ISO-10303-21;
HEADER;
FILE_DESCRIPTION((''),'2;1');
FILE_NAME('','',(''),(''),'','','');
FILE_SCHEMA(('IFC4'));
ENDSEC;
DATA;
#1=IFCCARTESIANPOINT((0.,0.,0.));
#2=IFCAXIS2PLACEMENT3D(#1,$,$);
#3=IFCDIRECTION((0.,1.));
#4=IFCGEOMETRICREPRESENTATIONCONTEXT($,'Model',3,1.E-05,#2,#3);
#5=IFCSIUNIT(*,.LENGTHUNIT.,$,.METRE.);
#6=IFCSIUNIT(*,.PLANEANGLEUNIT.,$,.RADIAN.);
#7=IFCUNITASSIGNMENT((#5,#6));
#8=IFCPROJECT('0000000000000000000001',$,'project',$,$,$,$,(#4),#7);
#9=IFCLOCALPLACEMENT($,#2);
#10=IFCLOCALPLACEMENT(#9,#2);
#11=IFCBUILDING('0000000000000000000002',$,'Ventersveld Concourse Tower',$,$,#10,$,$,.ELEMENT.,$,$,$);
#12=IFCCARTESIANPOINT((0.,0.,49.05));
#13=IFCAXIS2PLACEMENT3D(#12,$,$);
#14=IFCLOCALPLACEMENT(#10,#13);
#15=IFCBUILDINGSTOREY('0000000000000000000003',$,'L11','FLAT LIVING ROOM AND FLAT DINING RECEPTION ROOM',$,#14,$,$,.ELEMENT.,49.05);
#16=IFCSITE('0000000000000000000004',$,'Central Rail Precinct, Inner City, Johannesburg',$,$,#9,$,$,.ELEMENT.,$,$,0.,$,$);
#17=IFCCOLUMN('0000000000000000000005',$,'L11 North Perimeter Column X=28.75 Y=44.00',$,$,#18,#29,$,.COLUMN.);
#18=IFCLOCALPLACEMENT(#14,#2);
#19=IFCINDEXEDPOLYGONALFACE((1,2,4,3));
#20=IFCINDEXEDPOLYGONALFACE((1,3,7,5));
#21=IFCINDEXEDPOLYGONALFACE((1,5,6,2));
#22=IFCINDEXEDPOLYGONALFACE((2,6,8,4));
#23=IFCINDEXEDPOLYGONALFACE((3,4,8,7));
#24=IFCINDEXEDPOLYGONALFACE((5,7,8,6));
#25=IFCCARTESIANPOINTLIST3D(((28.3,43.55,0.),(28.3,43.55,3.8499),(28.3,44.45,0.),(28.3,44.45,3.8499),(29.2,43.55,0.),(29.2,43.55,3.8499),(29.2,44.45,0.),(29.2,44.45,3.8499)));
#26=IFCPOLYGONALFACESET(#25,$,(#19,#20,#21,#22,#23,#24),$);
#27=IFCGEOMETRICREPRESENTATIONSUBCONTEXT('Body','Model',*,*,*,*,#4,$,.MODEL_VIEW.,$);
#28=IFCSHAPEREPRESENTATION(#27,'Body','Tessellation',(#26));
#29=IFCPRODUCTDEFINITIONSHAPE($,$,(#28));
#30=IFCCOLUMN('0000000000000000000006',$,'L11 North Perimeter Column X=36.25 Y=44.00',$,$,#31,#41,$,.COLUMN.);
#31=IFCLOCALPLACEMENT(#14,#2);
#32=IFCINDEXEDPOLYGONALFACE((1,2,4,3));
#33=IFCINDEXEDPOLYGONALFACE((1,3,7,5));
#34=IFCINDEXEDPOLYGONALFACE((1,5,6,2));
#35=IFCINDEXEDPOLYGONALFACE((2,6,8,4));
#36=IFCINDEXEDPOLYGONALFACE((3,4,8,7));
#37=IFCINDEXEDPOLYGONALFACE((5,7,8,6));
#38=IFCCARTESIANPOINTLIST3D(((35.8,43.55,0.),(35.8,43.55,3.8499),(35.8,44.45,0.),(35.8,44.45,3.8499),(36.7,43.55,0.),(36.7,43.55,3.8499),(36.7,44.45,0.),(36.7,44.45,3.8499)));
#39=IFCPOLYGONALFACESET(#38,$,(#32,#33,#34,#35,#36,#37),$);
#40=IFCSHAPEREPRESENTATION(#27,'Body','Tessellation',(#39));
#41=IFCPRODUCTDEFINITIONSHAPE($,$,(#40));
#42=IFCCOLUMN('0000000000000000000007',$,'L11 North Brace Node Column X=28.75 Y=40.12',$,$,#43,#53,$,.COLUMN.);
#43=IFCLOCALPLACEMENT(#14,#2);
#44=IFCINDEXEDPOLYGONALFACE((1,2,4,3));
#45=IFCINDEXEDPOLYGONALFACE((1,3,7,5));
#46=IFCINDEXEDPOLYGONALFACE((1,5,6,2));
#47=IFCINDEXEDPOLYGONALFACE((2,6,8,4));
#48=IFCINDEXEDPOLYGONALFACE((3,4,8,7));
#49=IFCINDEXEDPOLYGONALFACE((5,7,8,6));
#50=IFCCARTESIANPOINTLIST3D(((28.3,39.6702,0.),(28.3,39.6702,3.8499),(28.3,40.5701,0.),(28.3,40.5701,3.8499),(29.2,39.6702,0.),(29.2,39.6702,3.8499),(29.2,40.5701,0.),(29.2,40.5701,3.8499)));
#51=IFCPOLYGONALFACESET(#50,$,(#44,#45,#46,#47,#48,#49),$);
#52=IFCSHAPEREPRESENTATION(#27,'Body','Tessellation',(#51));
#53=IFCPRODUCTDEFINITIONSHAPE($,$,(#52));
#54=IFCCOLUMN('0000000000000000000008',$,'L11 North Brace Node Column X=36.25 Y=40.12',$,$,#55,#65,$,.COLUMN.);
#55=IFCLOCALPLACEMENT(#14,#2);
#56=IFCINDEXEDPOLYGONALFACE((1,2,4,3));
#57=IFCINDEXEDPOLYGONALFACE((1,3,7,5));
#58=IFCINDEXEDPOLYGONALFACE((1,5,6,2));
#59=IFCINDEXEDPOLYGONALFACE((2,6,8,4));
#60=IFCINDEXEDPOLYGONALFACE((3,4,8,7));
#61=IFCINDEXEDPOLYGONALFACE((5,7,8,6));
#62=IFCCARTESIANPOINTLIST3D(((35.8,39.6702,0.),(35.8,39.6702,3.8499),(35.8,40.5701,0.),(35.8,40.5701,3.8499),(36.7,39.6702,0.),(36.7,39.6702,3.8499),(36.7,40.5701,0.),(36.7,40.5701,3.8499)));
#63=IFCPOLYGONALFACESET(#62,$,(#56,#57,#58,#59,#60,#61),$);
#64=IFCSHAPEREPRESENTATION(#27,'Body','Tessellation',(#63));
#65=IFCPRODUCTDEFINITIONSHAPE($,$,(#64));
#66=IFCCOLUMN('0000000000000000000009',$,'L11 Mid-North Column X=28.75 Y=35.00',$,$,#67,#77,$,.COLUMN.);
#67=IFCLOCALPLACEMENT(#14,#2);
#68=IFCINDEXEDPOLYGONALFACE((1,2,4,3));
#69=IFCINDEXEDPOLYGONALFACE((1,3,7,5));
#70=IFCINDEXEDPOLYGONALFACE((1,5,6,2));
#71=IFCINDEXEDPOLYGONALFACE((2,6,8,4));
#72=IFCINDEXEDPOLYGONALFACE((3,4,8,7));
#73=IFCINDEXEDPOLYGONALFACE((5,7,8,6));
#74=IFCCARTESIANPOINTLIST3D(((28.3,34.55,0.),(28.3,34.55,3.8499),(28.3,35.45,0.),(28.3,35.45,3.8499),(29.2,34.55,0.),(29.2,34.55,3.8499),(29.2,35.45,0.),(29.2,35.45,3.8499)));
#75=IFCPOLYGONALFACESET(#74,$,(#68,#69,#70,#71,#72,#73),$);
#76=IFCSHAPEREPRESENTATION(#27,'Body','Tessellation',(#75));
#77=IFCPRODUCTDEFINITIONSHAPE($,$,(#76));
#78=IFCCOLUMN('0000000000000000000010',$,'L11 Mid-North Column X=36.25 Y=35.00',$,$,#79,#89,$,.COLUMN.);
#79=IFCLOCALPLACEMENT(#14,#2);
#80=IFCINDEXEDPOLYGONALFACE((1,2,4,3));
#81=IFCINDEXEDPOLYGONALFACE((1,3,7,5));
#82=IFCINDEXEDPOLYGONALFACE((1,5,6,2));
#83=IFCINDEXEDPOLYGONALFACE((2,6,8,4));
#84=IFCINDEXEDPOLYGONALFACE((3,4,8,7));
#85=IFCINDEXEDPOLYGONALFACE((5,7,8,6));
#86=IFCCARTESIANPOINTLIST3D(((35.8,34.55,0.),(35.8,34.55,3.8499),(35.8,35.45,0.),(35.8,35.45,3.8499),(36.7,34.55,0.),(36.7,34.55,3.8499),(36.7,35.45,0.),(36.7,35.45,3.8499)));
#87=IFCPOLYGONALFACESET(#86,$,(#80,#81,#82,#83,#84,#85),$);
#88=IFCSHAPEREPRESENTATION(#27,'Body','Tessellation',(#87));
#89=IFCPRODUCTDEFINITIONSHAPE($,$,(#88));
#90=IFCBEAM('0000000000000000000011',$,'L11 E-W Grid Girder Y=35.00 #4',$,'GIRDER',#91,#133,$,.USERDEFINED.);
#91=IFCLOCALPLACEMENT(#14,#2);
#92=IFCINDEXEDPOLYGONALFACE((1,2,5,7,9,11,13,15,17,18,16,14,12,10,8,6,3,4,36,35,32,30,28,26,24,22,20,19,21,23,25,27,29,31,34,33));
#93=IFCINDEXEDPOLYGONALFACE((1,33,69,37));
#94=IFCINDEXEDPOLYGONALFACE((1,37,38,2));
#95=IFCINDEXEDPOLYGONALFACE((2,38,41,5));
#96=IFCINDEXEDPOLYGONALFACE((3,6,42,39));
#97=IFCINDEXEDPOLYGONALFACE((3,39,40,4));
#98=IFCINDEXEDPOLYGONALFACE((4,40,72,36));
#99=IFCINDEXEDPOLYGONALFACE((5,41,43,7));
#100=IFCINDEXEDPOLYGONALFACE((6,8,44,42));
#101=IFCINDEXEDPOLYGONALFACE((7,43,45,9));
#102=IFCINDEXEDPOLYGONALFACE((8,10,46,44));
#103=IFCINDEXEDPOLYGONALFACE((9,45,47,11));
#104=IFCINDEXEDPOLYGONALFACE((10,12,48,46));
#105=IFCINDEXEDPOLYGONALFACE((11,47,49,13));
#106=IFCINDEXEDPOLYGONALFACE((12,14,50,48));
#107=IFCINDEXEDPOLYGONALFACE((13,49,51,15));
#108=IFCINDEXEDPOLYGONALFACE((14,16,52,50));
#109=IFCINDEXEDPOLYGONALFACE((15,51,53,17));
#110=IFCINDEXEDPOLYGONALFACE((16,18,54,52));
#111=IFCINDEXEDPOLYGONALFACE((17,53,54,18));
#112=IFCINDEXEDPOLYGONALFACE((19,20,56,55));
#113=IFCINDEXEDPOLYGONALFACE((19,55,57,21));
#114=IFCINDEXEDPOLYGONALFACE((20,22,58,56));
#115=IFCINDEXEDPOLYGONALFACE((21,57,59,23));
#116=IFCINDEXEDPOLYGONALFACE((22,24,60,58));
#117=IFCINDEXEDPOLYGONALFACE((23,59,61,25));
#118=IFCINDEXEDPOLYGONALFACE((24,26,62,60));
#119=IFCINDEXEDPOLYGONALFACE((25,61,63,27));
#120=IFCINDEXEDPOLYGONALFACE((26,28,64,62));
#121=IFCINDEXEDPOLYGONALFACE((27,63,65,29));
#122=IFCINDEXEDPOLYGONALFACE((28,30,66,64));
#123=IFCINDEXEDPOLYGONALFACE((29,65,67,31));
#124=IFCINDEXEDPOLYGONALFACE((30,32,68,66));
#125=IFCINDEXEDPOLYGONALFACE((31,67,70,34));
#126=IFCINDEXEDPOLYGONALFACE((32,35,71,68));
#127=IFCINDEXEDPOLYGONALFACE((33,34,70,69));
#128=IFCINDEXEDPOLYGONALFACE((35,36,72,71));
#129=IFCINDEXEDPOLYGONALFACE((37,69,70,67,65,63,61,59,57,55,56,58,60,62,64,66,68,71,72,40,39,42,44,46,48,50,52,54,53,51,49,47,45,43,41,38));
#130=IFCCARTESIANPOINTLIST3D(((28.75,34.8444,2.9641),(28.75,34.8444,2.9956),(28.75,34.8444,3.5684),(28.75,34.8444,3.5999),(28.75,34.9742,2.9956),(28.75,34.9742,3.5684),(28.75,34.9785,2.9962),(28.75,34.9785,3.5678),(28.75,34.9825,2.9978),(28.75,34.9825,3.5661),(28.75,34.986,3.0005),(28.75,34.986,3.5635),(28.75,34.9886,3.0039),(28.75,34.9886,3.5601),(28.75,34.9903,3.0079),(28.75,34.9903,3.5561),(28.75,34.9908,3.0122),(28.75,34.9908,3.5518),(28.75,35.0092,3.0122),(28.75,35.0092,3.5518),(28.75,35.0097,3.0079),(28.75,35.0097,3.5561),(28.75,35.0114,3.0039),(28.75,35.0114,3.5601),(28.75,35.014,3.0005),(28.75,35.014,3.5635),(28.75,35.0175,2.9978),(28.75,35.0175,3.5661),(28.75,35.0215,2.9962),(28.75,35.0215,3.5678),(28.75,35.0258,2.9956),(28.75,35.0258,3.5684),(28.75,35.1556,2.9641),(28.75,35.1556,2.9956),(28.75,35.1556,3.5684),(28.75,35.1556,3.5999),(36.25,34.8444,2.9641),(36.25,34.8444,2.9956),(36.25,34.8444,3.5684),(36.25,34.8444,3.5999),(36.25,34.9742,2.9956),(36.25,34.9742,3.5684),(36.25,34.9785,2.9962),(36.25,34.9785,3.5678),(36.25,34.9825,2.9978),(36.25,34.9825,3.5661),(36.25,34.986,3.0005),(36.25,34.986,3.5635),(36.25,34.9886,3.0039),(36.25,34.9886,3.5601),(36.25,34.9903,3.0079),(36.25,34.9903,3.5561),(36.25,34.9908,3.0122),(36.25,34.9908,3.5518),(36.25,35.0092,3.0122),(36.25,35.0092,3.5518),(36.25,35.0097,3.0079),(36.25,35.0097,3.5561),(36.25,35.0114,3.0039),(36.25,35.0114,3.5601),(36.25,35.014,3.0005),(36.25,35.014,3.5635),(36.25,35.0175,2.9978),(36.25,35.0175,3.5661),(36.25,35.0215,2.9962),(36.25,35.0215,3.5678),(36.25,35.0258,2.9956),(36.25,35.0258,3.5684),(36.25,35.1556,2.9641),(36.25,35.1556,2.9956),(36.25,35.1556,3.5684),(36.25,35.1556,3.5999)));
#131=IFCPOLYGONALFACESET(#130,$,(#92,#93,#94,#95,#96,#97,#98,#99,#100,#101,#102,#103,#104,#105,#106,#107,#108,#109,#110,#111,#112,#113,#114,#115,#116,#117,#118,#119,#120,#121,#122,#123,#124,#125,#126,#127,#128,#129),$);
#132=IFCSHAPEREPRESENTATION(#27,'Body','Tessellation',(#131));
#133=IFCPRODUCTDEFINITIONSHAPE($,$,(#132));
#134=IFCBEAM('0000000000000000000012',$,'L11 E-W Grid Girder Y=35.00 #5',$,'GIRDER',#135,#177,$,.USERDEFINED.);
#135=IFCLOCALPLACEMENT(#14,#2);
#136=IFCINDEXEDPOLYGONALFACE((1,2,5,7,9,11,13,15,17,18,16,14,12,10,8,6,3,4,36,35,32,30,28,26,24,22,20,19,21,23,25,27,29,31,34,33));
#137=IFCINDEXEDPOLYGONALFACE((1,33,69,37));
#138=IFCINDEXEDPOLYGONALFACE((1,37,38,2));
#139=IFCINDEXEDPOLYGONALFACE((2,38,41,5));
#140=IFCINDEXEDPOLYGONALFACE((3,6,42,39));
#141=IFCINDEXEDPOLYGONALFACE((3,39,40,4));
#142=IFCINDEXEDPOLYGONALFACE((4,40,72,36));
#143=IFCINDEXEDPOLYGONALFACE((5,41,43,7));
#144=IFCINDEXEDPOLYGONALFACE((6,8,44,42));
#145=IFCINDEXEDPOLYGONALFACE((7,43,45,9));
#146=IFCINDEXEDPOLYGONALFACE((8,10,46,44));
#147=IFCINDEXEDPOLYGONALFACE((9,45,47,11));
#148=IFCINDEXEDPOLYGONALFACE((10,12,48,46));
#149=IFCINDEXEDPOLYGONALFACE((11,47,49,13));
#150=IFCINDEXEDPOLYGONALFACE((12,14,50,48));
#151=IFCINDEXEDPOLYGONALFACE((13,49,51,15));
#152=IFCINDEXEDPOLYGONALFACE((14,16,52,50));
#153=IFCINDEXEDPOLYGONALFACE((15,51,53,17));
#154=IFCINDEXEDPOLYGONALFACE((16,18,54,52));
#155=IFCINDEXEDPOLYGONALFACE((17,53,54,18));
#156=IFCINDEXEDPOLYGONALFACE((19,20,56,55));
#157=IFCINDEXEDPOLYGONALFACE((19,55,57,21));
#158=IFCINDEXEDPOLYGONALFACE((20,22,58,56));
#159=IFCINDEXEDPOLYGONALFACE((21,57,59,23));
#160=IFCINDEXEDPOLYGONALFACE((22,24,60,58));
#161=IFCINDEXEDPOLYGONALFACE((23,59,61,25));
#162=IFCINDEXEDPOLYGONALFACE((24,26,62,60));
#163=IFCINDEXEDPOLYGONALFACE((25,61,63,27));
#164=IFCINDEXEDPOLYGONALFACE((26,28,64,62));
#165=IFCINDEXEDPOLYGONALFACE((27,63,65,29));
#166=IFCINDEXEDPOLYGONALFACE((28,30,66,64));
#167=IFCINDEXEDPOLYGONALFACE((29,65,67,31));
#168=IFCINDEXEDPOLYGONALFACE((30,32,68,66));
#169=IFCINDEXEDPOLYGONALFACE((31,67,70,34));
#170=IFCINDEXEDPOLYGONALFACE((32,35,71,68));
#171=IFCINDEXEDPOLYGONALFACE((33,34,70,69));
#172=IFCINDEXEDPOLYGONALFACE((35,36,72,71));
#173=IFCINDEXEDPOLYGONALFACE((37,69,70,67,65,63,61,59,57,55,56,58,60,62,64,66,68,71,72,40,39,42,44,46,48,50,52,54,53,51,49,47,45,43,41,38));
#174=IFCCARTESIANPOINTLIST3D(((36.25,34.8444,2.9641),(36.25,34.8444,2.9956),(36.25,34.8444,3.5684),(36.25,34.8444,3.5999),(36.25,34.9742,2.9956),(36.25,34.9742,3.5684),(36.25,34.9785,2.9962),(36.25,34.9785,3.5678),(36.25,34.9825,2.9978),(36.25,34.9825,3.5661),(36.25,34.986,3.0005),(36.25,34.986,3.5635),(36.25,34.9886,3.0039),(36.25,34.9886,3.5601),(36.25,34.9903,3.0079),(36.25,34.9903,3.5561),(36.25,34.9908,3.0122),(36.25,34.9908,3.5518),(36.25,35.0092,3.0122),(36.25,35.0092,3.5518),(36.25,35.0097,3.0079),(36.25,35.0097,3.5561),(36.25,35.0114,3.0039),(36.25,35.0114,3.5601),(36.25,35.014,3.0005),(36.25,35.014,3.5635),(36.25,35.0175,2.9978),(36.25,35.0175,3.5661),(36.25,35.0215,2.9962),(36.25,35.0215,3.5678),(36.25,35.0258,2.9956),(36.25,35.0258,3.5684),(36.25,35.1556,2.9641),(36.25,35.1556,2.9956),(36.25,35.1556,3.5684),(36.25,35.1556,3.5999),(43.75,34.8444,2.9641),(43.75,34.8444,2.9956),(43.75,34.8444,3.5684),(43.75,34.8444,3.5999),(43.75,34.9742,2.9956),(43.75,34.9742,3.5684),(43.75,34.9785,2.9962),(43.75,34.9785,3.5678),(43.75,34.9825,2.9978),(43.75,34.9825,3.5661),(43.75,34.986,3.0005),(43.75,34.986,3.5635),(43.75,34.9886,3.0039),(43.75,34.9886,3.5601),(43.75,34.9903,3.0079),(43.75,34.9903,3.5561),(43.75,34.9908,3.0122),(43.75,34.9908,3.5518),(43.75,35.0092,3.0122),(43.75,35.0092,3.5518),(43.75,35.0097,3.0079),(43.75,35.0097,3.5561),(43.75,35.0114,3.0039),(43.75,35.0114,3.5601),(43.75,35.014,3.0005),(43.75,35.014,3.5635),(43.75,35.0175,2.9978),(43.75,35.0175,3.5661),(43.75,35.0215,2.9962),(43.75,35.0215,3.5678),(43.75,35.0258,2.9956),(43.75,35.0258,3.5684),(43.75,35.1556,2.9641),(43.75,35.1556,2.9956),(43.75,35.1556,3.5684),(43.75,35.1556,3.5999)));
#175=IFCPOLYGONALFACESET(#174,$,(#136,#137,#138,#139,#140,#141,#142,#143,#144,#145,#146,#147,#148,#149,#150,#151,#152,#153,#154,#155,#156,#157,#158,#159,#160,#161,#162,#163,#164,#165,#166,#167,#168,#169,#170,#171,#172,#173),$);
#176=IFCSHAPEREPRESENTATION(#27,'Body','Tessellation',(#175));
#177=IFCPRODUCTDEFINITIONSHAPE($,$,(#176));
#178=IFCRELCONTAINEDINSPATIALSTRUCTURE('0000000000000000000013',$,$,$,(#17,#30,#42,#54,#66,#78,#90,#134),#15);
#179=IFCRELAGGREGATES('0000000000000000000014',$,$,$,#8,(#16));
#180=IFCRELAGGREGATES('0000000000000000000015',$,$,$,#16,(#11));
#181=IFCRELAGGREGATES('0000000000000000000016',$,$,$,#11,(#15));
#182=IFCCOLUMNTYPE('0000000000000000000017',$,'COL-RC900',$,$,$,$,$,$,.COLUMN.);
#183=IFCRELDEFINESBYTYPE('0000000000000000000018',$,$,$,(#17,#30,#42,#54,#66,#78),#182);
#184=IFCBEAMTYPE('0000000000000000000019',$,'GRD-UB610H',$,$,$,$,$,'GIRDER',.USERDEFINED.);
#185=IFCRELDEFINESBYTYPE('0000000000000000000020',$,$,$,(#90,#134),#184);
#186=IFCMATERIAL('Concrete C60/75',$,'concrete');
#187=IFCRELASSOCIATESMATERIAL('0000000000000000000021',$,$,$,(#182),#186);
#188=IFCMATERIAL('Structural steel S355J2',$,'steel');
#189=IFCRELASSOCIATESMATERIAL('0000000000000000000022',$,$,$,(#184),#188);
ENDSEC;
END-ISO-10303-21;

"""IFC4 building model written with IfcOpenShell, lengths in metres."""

from ifc_helpers import new_model, si_unit, direction, frame, origin, origin_2d, place, context, subcontext, project, spatial, rectangle, i_section, extrude, material, material_profile, profile_set, type_object, element, save


model = new_model("IFC4")

# Units and contexts
model_context = context("Model", 3, precision=1e-05, world=origin(), true_north=direction((0.0, 1.0)))
body_context = subcontext(model_context, "Body", "Model", "MODEL_VIEW")
ifc_project = project(units=[si_unit("LENGTHUNIT", "METRE"), si_unit("PLANEANGLEUNIT", "RADIAN")], contexts=[model_context])

# Site, building, storey
site_placement = place(None, origin())
site = spatial("IfcSite", under=ifc_project, at=site_placement, Name="Central Rail Precinct, Inner City, Johannesburg", CompositionType="ELEMENT", RefElevation=0.0)
building_placement = place(site_placement, origin())
building = spatial("IfcBuilding", under=site, at=building_placement, Name="Ventersveld Concourse Tower", CompositionType="ELEMENT")
storey_placement = place(building_placement, frame((0.0, 0.0, 49.05)))
storey = spatial("IfcBuildingStorey", under=building, at=storey_placement, Name="L11", Description="FLAT LIVING ROOM AND FLAT DINING RECEPTION ROOM", CompositionType="ELEMENT", Elevation=49.05)

# Columns
ifc_material_1 = material(Name="Concrete C60/75", Category="concrete")
ifc_material_profile_1 = material_profile(ifc_material_1, rectangle(XDim=0.8999, YDim=0.8999, at=origin_2d()), Name="RC 900x900")
ifc_profile_set_1 = profile_set([ifc_material_profile_1], Name="Concrete C60/75")
column_type = type_object("IfcColumnType", Name="COL-RC900", PredefinedType="COLUMN", material=ifc_profile_set_1)
for number, where, z_axis, x_axis, name in (
    (1, (28.75, 44.0, 0.0), (0.0, 0.0, 1.0), (1.0, 0.0, 0.0), "L11 North Perimeter Column X=28.75 Y=44.00"),
    (2, (36.25, 44.0, 0.0), (0.0, 0.0, 1.0), (1.0, 0.0, 0.0), "L11 North Perimeter Column X=36.25 Y=44.00"),
    (3, (28.75, 40.1201, 0.0), (0.0, 0.0, 1.0), (1.0, 0.0, 0.0), "L11 North Brace Node Column X=28.75 Y=40.12"),
    (4, (36.25, 40.1201, 0.0), (0.0, 0.0, 1.0), (1.0, 0.0, 0.0), "L11 North Brace Node Column X=36.25 Y=40.12"),
    (5, (28.75, 35.0, 0.0), (0.0, 0.0, 1.0), (1.0, 0.0, 0.0), "L11 Mid-North Column X=28.75 Y=35.00"),
    (6, (36.25, 35.0, 0.0), (0.0, 0.0, 1.0), (1.0, 0.0, 0.0), "L11 Mid-North Column X=36.25 Y=35.00"),
):
    element("IfcColumn", number, at=place(storey_placement, frame(where, z_axis=z_axis, x_axis=x_axis)), inside=storey, type_object=column_type, Name=name, PredefinedType="COLUMN", context=body_context, shape_type="SweptSolid", body=[
        extrude(rectangle(XDim=0.8999, YDim=0.8999, at=origin_2d()), origin(), (0.0, 0.0, 1.0), 3.8499),
    ])

# Beams
ifc_material_2 = material(Name="Structural steel S355J2", Category="steel")
ifc_material_profile_2 = material_profile(ifc_material_2, i_section(OverallWidth=0.3113, OverallDepth=0.6357, WebThickness=0.0183, FlangeThickness=0.0315, FilletRadius=0.0166, at=origin_2d()), Name="UB 610x305x238")
ifc_profile_set_2 = profile_set([ifc_material_profile_2], Name="Structural steel S355J2")
beam_type_1 = type_object("IfcBeamType", Name="GRD-UB610H", ElementType="GIRDER", PredefinedType="USERDEFINED", material=ifc_profile_set_2)
for number, where, z_axis, x_axis, name in (
    (7, (28.75, 35.0, 3.282), (1.0, 0.0, 0.0), (0.0, 1.0, 0.0), "L11 E-W Grid Girder Y=35.00 #4"),
    (8, (36.25, 35.0, 3.282), (1.0, 0.0, 0.0), (0.0, 1.0, 0.0), "L11 E-W Grid Girder Y=35.00 #5"),
):
    element("IfcBeam", number, at=place(storey_placement, frame(where, z_axis=z_axis, x_axis=x_axis)), inside=storey, type_object=beam_type_1, Name=name, ObjectType="GIRDER", PredefinedType="USERDEFINED", context=body_context, shape_type="SweptSolid", body=[
        extrude(i_section(OverallWidth=0.3113, OverallDepth=0.6357, WebThickness=0.0183, FlangeThickness=0.0315, FilletRadius=0.0166, at=origin_2d()), origin(), (0.0, 0.0, 1.0), 7.5),
    ])

save(model, "model.ifc")
